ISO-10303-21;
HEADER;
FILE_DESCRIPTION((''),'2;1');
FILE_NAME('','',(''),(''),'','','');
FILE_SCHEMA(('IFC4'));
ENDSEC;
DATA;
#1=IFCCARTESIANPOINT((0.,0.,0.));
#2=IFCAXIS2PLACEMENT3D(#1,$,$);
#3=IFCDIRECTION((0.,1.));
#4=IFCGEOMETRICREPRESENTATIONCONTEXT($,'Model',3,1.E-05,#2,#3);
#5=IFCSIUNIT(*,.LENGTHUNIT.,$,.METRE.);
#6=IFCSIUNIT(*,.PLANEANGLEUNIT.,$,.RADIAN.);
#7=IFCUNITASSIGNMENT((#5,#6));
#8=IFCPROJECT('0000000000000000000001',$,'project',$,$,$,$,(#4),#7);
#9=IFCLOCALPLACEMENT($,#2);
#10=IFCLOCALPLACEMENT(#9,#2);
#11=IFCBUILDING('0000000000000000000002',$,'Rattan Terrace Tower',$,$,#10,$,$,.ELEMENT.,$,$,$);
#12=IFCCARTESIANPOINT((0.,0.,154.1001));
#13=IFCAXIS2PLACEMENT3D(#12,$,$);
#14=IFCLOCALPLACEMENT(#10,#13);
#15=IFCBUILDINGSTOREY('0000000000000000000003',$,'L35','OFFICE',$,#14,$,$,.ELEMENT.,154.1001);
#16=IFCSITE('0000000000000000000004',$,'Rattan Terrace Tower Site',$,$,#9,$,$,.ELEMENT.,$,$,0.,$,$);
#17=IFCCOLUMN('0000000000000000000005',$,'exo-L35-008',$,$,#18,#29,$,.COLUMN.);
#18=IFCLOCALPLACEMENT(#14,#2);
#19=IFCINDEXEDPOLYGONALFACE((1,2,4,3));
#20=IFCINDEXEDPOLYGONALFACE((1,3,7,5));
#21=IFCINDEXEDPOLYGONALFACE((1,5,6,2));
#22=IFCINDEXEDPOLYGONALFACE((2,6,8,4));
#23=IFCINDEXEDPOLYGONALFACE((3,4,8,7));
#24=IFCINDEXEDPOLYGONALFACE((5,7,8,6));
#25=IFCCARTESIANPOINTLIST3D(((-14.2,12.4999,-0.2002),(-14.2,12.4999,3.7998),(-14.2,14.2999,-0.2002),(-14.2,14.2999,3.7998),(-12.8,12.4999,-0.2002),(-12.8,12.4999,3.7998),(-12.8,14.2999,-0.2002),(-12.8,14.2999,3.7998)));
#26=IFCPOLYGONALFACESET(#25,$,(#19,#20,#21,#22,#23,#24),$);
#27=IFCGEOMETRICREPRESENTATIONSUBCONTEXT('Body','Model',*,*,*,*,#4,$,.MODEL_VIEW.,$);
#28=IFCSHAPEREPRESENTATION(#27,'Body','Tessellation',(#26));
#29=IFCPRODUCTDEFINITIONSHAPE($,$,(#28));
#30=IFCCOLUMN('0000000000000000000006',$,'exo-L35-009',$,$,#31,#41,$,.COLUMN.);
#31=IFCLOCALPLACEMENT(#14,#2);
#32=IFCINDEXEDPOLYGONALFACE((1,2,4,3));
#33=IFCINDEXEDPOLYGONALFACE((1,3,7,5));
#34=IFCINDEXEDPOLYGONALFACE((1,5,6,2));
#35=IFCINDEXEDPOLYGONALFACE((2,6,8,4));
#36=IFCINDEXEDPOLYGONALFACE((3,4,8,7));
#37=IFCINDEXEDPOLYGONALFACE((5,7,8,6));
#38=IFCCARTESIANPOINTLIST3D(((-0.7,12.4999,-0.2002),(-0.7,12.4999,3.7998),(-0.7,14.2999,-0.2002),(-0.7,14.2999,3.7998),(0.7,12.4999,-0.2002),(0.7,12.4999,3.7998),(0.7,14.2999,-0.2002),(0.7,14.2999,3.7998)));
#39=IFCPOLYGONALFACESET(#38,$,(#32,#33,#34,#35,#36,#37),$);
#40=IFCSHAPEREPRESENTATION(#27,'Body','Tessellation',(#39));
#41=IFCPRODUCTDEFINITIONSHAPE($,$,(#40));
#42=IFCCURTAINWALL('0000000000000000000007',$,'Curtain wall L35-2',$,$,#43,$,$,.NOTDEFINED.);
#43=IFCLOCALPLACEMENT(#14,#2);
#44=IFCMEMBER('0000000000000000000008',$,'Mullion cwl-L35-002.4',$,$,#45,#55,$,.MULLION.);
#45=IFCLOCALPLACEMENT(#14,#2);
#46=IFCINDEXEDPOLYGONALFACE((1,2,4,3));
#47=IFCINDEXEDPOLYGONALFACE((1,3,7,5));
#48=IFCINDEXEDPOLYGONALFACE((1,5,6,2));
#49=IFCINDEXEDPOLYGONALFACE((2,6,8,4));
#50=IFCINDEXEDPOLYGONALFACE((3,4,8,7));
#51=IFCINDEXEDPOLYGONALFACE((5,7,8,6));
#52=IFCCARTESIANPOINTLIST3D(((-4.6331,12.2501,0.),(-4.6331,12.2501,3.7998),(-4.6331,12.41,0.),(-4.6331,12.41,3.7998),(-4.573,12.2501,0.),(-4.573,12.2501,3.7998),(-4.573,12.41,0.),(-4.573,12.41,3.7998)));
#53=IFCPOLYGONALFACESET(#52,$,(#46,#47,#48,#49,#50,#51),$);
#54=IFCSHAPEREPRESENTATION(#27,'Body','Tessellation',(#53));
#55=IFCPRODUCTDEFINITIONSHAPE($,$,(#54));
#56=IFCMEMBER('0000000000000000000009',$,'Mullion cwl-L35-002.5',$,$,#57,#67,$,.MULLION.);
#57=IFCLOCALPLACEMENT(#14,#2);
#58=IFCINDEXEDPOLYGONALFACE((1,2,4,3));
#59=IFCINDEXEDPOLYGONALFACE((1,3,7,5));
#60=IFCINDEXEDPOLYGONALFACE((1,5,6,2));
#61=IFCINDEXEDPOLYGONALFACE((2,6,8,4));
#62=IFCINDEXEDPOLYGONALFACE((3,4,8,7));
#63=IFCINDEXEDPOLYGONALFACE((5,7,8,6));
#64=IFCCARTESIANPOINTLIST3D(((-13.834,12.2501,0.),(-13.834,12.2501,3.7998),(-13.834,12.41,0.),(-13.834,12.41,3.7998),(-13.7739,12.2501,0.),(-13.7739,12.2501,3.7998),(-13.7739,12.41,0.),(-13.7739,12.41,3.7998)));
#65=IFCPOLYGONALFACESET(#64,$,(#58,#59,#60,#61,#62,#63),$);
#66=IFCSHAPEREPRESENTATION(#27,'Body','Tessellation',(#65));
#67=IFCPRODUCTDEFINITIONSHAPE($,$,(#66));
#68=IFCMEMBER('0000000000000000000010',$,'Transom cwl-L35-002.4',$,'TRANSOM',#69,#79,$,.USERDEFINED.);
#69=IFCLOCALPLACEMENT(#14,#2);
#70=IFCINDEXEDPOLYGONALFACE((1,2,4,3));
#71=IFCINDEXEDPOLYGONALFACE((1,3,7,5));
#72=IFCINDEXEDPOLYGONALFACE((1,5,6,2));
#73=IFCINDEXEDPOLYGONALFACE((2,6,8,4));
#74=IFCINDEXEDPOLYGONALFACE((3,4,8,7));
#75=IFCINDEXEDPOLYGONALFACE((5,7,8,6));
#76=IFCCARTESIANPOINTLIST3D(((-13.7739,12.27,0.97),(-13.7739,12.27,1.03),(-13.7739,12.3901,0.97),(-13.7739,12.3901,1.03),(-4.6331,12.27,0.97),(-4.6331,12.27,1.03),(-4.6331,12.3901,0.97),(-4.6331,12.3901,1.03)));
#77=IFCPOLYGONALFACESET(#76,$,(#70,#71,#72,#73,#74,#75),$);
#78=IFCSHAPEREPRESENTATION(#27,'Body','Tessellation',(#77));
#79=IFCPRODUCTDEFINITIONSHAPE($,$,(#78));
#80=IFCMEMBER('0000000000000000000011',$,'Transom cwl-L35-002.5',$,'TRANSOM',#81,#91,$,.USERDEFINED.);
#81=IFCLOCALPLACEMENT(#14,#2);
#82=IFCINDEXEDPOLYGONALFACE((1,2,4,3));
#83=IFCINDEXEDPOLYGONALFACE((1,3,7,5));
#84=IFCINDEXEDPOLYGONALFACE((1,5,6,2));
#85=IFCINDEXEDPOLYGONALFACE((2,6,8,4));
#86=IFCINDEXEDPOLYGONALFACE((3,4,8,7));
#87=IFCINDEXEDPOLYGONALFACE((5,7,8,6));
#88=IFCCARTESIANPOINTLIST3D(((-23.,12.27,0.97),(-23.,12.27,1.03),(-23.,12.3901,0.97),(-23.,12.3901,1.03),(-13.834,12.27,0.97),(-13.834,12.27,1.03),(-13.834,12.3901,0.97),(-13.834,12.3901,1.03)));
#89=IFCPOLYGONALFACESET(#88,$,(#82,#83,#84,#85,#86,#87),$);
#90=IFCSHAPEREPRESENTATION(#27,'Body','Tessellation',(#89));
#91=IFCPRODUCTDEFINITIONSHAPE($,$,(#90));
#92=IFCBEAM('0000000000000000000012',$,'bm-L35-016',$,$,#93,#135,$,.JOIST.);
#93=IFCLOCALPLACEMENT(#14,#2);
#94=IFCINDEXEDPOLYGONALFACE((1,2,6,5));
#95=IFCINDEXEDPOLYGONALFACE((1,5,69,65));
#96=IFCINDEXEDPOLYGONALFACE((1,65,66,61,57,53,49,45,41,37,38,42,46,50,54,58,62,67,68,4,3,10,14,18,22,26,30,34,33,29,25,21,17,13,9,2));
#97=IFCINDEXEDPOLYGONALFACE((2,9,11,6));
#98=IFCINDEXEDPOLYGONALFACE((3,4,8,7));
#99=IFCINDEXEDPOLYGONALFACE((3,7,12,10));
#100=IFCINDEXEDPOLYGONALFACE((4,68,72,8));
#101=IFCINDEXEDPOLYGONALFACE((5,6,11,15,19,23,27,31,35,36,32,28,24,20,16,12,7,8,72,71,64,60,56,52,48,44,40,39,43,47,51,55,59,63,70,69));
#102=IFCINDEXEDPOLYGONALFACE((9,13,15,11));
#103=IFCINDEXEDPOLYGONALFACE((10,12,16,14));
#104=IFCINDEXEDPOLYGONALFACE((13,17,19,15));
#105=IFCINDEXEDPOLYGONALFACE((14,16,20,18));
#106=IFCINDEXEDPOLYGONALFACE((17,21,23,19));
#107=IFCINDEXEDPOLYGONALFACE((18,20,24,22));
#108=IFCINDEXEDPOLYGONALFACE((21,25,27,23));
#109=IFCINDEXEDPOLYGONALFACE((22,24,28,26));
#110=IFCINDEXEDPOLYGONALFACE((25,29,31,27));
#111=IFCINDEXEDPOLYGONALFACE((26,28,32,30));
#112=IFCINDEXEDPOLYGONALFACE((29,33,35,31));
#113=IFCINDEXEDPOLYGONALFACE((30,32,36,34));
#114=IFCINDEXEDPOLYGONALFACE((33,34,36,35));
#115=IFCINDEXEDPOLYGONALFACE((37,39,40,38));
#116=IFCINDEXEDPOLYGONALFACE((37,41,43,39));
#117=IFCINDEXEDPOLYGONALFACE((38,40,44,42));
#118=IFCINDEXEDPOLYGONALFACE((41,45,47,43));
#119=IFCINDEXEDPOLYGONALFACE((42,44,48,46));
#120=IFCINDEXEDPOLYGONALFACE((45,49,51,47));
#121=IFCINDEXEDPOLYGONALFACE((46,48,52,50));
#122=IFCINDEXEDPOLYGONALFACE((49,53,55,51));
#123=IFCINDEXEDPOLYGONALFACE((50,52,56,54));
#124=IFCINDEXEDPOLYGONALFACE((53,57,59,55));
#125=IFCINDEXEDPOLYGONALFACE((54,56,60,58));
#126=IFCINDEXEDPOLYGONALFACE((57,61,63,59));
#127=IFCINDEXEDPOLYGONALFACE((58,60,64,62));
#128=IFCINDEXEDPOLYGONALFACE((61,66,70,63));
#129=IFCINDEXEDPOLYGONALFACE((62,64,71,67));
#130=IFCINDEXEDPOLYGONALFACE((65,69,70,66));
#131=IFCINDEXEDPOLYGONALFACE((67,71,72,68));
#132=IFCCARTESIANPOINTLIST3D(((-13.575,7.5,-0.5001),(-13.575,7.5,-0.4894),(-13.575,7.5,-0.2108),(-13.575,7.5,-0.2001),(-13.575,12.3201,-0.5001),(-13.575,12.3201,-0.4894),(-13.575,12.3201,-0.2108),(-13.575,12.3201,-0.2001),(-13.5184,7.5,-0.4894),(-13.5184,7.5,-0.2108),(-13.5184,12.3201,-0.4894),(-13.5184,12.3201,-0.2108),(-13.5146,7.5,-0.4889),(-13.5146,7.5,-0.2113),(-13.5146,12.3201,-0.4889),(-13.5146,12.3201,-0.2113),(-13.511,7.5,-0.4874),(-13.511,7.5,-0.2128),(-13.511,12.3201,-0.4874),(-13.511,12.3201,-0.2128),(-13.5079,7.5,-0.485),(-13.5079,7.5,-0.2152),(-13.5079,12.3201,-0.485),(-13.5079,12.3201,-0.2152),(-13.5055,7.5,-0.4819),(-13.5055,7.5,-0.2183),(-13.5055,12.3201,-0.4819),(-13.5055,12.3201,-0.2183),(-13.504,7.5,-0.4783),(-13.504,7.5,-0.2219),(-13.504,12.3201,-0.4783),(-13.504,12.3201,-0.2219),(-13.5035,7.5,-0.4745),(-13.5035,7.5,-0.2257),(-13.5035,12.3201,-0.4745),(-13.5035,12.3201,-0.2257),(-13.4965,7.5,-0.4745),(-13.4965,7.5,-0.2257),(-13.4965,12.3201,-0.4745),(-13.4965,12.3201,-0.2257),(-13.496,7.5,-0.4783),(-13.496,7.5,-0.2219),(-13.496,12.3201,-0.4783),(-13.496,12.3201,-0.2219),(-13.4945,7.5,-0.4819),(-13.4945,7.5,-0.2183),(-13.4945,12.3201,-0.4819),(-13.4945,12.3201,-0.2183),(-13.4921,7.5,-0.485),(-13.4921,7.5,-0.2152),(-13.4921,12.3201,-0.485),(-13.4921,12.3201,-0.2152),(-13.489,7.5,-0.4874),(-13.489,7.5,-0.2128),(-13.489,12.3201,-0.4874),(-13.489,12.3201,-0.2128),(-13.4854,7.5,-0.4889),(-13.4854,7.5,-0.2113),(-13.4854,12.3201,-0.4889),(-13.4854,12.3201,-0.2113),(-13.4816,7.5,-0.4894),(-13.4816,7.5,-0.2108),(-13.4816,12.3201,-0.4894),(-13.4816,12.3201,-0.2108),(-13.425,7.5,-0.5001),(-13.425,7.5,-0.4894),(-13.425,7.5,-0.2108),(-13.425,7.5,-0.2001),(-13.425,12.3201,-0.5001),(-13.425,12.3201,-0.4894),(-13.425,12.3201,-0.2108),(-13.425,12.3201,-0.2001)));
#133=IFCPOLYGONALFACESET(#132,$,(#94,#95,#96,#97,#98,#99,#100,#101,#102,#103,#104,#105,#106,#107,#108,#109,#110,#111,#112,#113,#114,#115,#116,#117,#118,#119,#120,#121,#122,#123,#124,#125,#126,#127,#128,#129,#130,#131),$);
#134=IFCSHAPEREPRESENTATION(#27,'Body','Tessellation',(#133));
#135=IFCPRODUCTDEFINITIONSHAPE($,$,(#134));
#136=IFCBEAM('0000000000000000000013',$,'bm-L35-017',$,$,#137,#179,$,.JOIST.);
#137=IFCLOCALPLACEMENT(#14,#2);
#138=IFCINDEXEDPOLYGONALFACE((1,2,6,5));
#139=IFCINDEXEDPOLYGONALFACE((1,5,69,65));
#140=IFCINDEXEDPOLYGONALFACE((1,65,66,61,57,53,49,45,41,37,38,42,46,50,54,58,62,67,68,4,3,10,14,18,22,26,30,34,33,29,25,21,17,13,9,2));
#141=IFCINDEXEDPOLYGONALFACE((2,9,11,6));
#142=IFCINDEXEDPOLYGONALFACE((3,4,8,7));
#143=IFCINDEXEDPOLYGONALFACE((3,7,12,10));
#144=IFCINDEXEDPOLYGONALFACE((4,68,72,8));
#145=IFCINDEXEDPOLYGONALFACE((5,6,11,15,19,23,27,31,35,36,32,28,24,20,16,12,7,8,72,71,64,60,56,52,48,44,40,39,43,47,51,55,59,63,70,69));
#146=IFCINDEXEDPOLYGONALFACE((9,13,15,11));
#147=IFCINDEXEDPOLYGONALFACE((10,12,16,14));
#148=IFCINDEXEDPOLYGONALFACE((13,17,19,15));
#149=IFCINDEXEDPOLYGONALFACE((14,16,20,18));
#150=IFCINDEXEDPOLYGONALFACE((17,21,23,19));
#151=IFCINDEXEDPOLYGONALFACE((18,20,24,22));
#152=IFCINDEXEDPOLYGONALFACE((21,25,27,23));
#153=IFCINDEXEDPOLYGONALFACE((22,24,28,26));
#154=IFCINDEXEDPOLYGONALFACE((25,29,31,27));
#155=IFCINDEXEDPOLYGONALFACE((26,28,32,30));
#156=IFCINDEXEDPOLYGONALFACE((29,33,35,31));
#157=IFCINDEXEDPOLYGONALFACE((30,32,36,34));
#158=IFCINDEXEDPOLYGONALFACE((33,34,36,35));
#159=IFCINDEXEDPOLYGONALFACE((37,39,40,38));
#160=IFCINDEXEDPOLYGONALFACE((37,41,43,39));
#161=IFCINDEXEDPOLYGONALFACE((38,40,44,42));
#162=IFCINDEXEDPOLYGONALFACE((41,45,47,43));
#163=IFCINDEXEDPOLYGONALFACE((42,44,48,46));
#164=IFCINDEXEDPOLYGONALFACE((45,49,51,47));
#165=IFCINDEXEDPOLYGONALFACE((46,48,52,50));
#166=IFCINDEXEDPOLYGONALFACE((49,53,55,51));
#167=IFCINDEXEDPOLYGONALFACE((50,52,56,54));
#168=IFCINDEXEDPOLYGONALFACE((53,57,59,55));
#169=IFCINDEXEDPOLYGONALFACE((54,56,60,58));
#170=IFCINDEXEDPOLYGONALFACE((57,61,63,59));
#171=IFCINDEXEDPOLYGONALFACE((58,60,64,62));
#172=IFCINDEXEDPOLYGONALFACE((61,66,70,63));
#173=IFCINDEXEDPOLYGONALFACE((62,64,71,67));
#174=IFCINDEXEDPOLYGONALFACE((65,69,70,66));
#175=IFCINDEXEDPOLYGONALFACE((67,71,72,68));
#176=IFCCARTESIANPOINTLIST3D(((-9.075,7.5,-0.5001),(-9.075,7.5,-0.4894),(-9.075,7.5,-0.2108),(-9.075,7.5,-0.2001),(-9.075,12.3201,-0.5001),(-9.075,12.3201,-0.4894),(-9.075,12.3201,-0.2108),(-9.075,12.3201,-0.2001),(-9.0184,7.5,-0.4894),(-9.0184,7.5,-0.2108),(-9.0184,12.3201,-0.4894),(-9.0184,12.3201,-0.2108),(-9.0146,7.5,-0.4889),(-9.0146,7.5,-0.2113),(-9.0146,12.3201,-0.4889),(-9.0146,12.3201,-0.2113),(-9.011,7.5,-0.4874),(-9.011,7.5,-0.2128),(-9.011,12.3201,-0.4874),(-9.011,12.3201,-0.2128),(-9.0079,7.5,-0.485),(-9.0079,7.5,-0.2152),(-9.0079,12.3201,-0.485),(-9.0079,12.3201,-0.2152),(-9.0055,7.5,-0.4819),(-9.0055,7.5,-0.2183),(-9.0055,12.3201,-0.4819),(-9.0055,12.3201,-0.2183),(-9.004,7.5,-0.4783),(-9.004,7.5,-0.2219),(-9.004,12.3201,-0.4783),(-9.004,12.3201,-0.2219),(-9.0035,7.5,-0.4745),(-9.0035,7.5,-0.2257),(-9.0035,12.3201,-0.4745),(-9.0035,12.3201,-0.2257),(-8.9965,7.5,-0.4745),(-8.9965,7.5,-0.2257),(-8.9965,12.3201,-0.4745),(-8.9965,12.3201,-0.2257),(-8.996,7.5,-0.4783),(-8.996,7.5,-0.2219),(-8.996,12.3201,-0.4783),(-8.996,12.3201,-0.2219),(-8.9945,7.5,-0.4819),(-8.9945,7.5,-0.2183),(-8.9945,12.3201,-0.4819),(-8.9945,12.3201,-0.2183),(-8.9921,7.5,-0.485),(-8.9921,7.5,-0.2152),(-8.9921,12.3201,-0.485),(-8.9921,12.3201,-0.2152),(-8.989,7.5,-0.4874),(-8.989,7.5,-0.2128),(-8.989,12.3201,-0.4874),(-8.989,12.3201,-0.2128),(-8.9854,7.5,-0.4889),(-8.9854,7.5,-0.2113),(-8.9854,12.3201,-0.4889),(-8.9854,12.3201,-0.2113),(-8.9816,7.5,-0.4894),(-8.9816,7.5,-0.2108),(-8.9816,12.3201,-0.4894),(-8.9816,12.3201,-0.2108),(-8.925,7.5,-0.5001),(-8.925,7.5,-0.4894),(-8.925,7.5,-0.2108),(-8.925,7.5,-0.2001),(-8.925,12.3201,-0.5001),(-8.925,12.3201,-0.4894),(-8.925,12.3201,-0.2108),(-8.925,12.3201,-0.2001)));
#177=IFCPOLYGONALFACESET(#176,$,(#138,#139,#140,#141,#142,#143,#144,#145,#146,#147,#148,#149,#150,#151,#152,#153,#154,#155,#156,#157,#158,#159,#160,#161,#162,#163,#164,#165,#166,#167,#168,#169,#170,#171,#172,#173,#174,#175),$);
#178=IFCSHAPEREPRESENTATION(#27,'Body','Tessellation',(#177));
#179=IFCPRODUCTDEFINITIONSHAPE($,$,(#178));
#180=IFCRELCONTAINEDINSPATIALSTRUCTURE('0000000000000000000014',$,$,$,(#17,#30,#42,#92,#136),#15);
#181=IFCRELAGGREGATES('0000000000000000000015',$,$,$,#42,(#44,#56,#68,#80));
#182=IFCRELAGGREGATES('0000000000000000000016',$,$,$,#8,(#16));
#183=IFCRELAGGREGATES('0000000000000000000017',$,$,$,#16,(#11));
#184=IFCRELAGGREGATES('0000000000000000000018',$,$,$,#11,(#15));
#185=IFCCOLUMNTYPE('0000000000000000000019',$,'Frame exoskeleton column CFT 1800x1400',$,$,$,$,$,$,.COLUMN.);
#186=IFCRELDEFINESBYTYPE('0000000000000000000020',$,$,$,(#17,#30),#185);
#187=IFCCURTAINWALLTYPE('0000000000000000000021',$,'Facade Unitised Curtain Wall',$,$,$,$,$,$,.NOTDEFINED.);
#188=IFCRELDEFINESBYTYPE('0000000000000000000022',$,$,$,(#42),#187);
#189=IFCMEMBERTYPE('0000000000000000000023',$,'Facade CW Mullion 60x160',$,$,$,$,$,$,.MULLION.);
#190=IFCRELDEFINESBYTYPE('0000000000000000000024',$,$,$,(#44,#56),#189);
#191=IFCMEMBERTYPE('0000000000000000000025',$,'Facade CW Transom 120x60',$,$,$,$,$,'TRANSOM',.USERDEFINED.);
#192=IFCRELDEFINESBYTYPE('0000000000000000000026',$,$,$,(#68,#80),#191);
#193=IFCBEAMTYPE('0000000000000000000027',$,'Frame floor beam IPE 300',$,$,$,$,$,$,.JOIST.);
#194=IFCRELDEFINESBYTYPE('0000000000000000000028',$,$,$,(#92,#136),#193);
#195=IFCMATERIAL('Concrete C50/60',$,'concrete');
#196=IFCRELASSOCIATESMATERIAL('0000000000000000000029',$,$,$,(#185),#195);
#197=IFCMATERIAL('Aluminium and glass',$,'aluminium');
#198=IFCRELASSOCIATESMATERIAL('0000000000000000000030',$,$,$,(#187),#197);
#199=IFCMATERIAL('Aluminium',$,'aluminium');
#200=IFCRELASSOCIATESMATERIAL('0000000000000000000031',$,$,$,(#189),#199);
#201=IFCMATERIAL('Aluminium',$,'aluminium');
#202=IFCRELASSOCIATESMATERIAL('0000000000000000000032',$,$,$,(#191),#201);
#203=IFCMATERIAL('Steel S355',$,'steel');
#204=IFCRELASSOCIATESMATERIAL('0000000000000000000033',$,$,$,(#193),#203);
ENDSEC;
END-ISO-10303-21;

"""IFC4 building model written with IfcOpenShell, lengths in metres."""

from ifc_helpers import new_model, si_unit, direction, frame, origin, origin_2d, place, context, subcontext, project, spatial, rectangle, i_section, extrude, material, material_profile, profile_set, type_object, element, aggregate, save


model = new_model("IFC4")

# Units and contexts
model_context = context("Model", 3, precision=1e-05, world=origin(), true_north=direction((0.0, 1.0)))
body_context = subcontext(model_context, "Body", "Model", "MODEL_VIEW")
ifc_project = project(units=[si_unit("LENGTHUNIT", "METRE"), si_unit("PLANEANGLEUNIT", "RADIAN")], contexts=[model_context])

# Site, building, storey
site_placement = place(None, origin())
site = spatial("IfcSite", under=ifc_project, at=site_placement, Name="Rattan Terrace Tower Site", CompositionType="ELEMENT", RefElevation=0.0)
building_placement = place(site_placement, origin())
building = spatial("IfcBuilding", under=site, at=building_placement, Name="Rattan Terrace Tower", CompositionType="ELEMENT")
storey_placement = place(building_placement, frame((0.0, 0.0, 154.1001)))
storey = spatial("IfcBuildingStorey", under=building, at=storey_placement, Name="L35", Description="OFFICE", CompositionType="ELEMENT", Elevation=154.1001)

# Columns
ifc_material_1 = material(Name="Concrete C50/60", Category="concrete")
ifc_material_profile_1 = material_profile(ifc_material_1, rectangle(XDim=1.3999, YDim=1.8, at=origin_2d()), Name="CFT 1800x1400")
ifc_profile_set_1 = profile_set([ifc_material_profile_1], Name="Concrete C50/60")
column_type = type_object("IfcColumnType", Name="Frame exoskeleton column CFT 1800x1400", PredefinedType="COLUMN", material=ifc_profile_set_1)
for number, where, z_axis, x_axis, name in (
    (1, (-13.5, 13.3999, -0.2002), (0.0, 0.0, 1.0), (1.0, 0.0, 0.0), "exo-L35-008"),
    (2, (0.0, 13.3999, -0.2002), (0.0, 0.0, 1.0), (1.0, 0.0, 0.0), "exo-L35-009"),
):
    element("IfcColumn", number, at=place(storey_placement, frame(where, z_axis=z_axis, x_axis=x_axis)), inside=storey, type_object=column_type, Name=name, PredefinedType="COLUMN", context=body_context, shape_type="SweptSolid", body=[
        extrude(rectangle(XDim=1.3999, YDim=1.8, at=origin_2d()), origin(), (0.0, 0.0, 1.0), 4.0),
    ])

# Curtain wall, members
ifc_material_2 = material(Name="Aluminium and glass", Category="aluminium")
curtain_wall_type = type_object("IfcCurtainWallType", Name="Facade Unitised Curtain Wall", PredefinedType="NOTDEFINED", material=ifc_material_2)
curtain_wall_placement = place(storey_placement, origin())
curtain_wall = element("IfcCurtainWall", 3, at=curtain_wall_placement, inside=storey, type_object=curtain_wall_type, Name="Curtain wall L35-2", PredefinedType="NOTDEFINED")
ifc_material_3 = material(Name="Aluminium", Category="aluminium")
ifc_material_profile_2 = material_profile(ifc_material_3, rectangle(XDim=0.0601, YDim=0.1599, at=origin_2d()), Name="Aluminium 60x160")
ifc_profile_set_2 = profile_set([ifc_material_profile_2], Name="Aluminium")
member_type_1 = type_object("IfcMemberType", Name="Facade CW Mullion 60x160", PredefinedType="MULLION", material=ifc_profile_set_2)
member_1_placement = place(storey_placement, frame((-4.603, 12.3301, 0.0), z_axis=(0.0, 0.0, 1.0), x_axis=(-1.0, 0.0, 0.0)))
member_1 = element("IfcMember", 4, at=member_1_placement, type_object=member_type_1, Name="Mullion cwl-L35-002.4", PredefinedType="MULLION", context=body_context, shape_type="SweptSolid", body=[
    extrude(rectangle(XDim=0.0601, YDim=0.1599, at=origin_2d()), origin(), (0.0, 0.0, 1.0), 3.7998),
])
member_2_placement = place(storey_placement, frame((-13.804, 12.3301, 0.0), z_axis=(0.0, 0.0, 1.0), x_axis=(-1.0, 0.0, 0.0)))
member_2 = element("IfcMember", 5, at=member_2_placement, type_object=member_type_1, Name="Mullion cwl-L35-002.5", PredefinedType="MULLION", context=body_context, shape_type="SweptSolid", body=[
    extrude(rectangle(XDim=0.0601, YDim=0.1599, at=origin_2d()), origin(), (0.0, 0.0, 1.0), 3.7998),
])
ifc_material_4 = material(Name="Aluminium", Category="aluminium")
ifc_material_profile_3 = material_profile(ifc_material_4, rectangle(XDim=0.1201, YDim=0.0601, at=origin_2d()), Name="Aluminium 120x60")
ifc_profile_set_3 = profile_set([ifc_material_profile_3], Name="Aluminium")
member_type_2 = type_object("IfcMemberType", Name="Facade CW Transom 120x60", ElementType="TRANSOM", PredefinedType="USERDEFINED", material=ifc_profile_set_3)
member_3_placement = place(storey_placement, frame((-4.6331, 12.3301, 1.0), z_axis=(-1.0, 0.0, 0.0), x_axis=(0.0, -1.0, 0.0)))
member_3 = element("IfcMember", 6, at=member_3_placement, type_object=member_type_2, Name="Transom cwl-L35-002.4", ObjectType="TRANSOM", PredefinedType="USERDEFINED", context=body_context, shape_type="SweptSolid", body=[
    extrude(rectangle(XDim=0.1201, YDim=0.0601, at=origin_2d()), origin(), (0.0, 0.0, 1.0), 9.1409),
])
member_4_placement = place(storey_placement, frame((-13.834, 12.3301, 1.0), z_axis=(-1.0, 0.0, 0.0), x_axis=(0.0, -1.0, 0.0)))
member_4 = element("IfcMember", 7, at=member_4_placement, type_object=member_type_2, Name="Transom cwl-L35-002.5", ObjectType="TRANSOM", PredefinedType="USERDEFINED", context=body_context, shape_type="SweptSolid", body=[
    extrude(rectangle(XDim=0.1201, YDim=0.0601, at=origin_2d()), origin(), (0.0, 0.0, 1.0), 9.166),
])

# Beams
ifc_material_5 = material(Name="Steel S355", Category="steel")
ifc_material_profile_4 = material_profile(ifc_material_5, i_section(OverallWidth=0.1499, OverallDepth=0.3, WebThickness=0.0071, FlangeThickness=0.0107, FilletRadius=0.0149, at=origin_2d()), Name="IPE 300")
ifc_profile_set_4 = profile_set([ifc_material_profile_4], Name="Steel S355")
beam_type = type_object("IfcBeamType", Name="Frame floor beam IPE 300", PredefinedType="JOIST", material=ifc_profile_set_4)
for number, where, z_axis, x_axis, name in (
    (8, (-13.5, 7.5, -0.3501), (0.0, 1.0, 0.0), (-1.0, 0.0, 0.0), "bm-L35-016"),
    (9, (-9.0, 7.5, -0.3501), (0.0, 1.0, 0.0), (-1.0, 0.0, 0.0), "bm-L35-017"),
):
    element("IfcBeam", number, at=place(storey_placement, frame(where, z_axis=z_axis, x_axis=x_axis)), inside=storey, type_object=beam_type, Name=name, PredefinedType="JOIST", context=body_context, shape_type="SweptSolid", body=[
        extrude(i_section(OverallWidth=0.1499, OverallDepth=0.3, WebThickness=0.0071, FlangeThickness=0.0107, FilletRadius=0.0149, at=origin_2d()), origin(), (0.0, 0.0, 1.0), 4.8201),
    ])

aggregate(curtain_wall, [member_1, member_2, member_3, member_4])

save(model, "model.ifc")
